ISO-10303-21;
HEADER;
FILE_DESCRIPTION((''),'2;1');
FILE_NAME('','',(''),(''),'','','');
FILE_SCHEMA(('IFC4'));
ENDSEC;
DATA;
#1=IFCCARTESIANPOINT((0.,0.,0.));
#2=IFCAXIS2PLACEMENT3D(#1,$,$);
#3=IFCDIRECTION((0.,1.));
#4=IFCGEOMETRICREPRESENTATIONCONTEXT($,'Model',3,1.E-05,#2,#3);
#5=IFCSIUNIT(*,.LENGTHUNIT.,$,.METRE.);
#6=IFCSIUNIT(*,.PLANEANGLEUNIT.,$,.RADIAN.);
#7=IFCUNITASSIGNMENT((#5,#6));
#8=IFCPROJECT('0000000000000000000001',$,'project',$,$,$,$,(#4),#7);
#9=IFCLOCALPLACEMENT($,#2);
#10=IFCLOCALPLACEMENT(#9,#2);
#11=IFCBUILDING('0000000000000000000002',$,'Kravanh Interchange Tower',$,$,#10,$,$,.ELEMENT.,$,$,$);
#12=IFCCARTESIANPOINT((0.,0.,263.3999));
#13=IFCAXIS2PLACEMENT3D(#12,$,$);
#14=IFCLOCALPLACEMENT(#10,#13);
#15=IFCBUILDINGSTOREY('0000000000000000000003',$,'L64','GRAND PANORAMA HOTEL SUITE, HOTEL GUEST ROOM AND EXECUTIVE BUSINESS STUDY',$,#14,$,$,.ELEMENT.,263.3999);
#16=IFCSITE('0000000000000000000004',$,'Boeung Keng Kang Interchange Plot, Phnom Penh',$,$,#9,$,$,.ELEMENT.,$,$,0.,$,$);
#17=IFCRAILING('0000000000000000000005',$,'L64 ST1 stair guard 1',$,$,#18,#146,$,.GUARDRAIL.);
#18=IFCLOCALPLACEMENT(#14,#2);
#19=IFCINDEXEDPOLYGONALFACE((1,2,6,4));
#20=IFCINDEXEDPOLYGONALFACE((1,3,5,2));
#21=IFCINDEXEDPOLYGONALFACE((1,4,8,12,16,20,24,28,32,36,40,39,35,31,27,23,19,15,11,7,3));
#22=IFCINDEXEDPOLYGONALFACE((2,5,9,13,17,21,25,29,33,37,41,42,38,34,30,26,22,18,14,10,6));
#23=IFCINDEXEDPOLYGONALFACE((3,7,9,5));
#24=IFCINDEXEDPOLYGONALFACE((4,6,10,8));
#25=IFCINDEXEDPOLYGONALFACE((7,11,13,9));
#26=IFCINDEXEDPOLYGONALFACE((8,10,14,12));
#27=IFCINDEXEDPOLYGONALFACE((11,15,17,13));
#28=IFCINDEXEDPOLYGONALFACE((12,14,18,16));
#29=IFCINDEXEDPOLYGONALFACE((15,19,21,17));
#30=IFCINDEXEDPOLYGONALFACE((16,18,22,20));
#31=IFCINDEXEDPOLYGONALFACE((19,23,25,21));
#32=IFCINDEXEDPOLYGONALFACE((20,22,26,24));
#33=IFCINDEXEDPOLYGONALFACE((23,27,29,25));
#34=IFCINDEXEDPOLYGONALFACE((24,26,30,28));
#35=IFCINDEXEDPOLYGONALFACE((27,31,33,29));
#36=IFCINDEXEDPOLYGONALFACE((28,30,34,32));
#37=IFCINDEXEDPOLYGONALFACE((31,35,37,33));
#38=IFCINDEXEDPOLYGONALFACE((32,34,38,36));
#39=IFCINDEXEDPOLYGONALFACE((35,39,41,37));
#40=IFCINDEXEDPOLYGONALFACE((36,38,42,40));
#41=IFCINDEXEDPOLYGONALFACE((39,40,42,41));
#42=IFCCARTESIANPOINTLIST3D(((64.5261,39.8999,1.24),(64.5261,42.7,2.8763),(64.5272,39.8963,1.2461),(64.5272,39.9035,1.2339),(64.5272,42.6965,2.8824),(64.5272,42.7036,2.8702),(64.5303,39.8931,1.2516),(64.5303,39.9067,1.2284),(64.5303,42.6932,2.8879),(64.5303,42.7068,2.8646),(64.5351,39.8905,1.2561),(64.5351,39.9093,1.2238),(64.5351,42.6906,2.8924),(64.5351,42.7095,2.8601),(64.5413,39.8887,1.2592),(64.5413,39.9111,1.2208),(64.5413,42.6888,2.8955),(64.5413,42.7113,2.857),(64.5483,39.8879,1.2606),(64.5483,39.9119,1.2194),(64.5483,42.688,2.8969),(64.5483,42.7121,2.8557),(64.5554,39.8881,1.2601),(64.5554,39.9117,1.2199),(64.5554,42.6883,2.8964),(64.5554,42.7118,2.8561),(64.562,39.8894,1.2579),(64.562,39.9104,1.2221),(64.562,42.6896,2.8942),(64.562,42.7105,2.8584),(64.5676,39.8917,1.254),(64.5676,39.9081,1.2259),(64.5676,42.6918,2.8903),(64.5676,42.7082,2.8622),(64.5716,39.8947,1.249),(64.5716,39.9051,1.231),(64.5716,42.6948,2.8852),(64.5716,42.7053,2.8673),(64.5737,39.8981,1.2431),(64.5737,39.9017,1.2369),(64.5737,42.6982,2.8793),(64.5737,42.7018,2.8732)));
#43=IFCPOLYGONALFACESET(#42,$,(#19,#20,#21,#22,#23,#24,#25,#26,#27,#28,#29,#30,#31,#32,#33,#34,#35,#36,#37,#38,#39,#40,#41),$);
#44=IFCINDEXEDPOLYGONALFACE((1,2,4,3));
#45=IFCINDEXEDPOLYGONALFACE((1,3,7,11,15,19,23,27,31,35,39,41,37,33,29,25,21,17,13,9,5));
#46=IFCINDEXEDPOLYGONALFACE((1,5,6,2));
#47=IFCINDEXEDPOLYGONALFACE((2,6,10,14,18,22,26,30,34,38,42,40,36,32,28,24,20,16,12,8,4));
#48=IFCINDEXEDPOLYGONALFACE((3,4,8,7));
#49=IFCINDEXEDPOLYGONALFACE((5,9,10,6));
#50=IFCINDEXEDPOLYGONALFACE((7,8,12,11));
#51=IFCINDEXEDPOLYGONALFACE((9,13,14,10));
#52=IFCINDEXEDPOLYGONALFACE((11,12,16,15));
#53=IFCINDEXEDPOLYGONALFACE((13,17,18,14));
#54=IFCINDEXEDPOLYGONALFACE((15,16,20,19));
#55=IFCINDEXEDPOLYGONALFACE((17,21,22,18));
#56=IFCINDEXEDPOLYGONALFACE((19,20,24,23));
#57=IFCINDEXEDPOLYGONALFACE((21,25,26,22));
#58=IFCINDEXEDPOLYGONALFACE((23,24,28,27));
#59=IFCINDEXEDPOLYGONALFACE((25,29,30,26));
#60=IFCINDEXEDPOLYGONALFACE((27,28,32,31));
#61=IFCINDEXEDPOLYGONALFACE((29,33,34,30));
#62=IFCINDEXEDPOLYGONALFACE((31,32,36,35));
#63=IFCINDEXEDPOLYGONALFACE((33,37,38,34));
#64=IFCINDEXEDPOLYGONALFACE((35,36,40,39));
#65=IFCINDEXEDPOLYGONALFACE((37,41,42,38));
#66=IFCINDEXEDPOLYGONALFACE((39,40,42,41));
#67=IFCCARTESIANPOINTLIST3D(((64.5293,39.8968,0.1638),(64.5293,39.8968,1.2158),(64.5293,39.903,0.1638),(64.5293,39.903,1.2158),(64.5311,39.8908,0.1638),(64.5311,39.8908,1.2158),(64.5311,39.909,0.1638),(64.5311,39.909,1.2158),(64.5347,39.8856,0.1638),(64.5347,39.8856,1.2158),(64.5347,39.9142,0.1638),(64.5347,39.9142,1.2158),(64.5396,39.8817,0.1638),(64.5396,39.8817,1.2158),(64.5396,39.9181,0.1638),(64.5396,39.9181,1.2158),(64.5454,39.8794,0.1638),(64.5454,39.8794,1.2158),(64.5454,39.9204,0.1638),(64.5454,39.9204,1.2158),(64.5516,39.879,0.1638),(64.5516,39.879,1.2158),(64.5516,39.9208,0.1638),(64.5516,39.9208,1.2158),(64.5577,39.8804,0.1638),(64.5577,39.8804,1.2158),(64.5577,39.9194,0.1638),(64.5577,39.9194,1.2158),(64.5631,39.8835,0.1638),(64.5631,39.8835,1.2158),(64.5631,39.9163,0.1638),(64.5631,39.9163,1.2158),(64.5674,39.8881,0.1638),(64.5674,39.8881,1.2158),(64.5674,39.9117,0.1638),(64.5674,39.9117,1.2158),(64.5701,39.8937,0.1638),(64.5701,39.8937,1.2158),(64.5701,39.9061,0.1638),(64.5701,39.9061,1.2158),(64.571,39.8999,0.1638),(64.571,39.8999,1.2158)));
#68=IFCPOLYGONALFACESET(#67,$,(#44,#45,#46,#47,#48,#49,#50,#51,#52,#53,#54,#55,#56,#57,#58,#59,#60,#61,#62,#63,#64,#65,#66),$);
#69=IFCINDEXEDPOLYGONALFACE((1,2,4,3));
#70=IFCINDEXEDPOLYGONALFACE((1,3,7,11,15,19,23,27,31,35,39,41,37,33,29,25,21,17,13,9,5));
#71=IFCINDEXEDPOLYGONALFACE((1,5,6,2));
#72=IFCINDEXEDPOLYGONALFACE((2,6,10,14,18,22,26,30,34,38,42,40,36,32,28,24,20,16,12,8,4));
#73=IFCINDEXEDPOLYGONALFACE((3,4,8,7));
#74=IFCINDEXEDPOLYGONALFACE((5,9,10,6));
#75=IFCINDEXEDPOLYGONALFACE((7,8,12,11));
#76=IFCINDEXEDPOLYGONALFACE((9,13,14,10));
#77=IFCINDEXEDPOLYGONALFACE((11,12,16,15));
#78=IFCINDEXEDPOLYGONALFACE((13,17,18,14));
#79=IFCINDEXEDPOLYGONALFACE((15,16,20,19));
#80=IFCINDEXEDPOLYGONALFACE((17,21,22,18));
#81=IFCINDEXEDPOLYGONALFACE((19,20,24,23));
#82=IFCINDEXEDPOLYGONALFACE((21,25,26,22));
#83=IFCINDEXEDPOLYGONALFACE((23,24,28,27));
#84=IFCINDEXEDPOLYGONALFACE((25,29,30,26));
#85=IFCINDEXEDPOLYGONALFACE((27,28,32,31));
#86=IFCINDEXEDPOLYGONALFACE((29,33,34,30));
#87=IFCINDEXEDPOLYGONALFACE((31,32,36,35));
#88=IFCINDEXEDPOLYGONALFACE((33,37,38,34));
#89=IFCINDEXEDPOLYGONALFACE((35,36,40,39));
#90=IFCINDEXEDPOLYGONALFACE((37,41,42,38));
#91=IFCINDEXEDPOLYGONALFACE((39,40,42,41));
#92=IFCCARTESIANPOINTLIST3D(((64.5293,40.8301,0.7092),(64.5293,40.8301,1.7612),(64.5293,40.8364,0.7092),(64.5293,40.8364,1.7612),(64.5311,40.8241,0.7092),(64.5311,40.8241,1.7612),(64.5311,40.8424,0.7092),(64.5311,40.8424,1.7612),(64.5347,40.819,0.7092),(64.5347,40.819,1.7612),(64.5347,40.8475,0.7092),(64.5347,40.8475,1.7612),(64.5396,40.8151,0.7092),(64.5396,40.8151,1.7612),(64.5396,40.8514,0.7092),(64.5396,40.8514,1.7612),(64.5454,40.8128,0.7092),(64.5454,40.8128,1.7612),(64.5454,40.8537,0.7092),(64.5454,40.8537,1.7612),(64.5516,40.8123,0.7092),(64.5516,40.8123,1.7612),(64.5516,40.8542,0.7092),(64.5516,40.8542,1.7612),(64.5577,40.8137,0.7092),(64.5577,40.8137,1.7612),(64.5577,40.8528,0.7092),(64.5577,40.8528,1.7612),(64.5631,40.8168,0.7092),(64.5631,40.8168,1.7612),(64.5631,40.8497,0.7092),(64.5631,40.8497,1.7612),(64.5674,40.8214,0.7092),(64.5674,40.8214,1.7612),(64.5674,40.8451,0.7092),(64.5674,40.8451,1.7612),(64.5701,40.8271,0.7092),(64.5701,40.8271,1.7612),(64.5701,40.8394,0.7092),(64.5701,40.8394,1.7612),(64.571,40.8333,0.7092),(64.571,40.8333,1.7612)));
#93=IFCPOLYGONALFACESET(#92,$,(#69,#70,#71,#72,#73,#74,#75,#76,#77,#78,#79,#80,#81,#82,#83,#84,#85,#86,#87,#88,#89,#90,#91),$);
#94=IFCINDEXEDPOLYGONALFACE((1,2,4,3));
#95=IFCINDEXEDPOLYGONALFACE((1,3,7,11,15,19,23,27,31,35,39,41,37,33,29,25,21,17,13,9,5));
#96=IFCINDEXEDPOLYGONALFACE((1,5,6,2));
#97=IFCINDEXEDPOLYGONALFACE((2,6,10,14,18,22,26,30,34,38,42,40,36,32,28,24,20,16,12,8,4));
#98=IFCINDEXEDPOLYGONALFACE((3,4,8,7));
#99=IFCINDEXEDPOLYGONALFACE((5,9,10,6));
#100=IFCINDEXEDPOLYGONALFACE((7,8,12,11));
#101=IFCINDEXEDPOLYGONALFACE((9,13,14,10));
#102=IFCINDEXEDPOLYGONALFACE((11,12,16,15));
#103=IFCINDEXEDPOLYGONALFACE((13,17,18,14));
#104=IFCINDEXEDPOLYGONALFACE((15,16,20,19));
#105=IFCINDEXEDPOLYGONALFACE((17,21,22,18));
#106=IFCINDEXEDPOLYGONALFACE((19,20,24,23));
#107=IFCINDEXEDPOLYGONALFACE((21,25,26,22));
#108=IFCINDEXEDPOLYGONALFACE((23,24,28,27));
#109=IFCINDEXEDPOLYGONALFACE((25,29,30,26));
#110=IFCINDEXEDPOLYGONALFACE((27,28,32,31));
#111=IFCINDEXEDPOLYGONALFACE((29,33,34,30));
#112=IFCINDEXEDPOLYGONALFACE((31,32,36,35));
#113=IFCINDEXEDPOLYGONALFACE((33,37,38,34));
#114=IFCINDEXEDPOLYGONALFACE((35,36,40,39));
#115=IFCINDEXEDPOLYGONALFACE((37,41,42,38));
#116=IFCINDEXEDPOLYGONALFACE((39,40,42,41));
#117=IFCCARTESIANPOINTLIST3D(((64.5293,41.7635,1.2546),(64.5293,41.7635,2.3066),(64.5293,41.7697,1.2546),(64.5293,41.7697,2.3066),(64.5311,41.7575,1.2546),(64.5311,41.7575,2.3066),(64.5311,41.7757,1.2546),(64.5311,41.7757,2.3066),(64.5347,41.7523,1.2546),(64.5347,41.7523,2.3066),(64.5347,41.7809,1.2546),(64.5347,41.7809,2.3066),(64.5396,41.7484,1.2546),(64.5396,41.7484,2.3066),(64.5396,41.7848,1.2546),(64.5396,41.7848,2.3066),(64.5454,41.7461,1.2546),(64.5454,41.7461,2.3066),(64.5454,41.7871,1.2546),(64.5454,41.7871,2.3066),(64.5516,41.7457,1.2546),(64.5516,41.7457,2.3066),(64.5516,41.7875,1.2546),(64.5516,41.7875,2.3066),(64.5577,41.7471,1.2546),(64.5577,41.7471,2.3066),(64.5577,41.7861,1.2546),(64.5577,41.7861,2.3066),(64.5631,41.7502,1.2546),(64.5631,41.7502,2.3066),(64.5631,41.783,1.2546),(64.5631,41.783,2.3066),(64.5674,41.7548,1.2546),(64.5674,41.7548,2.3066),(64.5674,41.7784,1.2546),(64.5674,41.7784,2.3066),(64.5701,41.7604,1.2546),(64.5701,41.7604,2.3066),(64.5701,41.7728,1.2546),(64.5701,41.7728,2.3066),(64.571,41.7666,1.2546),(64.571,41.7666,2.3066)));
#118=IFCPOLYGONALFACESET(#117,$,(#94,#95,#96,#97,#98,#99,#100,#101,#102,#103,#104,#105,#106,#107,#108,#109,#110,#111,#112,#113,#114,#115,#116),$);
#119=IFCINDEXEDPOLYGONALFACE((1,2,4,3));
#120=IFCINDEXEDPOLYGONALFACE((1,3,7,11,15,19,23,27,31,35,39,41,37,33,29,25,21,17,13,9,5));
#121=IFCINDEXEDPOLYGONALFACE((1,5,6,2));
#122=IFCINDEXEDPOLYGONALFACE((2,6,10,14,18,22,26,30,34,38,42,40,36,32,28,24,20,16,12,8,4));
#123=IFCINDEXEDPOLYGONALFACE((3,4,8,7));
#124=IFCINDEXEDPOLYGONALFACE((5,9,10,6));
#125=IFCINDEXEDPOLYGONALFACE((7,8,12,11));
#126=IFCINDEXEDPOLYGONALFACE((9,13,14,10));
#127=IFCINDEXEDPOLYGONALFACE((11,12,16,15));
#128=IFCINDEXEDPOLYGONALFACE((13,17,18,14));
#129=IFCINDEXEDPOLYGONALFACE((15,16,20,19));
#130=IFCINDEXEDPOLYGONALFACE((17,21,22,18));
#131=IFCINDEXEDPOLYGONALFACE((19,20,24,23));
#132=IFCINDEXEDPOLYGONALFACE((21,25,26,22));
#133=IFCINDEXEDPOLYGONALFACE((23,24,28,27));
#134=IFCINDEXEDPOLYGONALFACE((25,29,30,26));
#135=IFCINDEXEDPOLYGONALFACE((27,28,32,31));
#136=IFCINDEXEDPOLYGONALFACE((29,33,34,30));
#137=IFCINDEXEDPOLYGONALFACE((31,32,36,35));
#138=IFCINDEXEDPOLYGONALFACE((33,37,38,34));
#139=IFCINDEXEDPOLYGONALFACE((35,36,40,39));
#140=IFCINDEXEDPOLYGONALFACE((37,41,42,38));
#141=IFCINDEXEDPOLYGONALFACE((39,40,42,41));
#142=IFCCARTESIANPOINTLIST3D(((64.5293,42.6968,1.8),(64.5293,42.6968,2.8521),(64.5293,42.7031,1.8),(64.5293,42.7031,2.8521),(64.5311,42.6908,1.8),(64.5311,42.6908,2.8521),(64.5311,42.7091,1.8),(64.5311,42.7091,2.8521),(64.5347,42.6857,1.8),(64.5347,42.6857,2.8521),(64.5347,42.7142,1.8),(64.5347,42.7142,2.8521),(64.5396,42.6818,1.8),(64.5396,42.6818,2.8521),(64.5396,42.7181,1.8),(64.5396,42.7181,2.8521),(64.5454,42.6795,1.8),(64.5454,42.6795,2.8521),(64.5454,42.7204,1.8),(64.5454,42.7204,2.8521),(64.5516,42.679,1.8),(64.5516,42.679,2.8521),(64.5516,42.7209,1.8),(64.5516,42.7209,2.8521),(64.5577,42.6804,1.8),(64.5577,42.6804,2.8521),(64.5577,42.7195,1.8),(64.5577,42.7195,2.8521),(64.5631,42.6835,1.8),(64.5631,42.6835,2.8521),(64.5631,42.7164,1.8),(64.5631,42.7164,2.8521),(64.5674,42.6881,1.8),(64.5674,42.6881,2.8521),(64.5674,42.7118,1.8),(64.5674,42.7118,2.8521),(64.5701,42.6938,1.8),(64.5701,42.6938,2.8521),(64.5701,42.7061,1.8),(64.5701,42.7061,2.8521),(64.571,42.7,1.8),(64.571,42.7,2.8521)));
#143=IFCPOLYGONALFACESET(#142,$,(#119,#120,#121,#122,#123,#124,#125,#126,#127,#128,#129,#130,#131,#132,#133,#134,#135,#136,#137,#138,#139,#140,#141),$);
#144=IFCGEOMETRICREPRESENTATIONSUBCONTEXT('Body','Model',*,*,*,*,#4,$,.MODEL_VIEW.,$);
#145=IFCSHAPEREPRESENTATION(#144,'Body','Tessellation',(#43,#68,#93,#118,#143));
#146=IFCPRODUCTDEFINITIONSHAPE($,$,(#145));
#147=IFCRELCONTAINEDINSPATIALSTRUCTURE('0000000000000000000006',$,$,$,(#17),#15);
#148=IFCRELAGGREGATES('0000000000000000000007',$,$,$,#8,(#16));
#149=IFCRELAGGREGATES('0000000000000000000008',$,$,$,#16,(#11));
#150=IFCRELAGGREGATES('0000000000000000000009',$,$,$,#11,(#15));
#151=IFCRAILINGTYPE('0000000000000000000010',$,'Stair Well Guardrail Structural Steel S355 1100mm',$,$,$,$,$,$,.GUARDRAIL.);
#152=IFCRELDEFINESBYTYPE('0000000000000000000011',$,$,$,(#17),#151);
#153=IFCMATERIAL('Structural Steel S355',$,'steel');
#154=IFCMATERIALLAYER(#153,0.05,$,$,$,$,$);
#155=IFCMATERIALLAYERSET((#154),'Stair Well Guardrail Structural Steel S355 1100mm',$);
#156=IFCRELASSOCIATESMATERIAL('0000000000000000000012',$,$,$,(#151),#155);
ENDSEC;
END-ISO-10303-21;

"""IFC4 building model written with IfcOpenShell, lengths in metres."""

from ifc_helpers import new_model, si_unit, direction, frame, origin, origin_2d, place, context, subcontext, project, spatial, circle, extrude, material, layer, layer_set, type_object, element, save


model = new_model("IFC4")

# Units and contexts
model_context = context("Model", 3, precision=1e-05, world=origin(), true_north=direction((0.0, 1.0)))
body_context = subcontext(model_context, "Body", "Model", "MODEL_VIEW")
ifc_project = project(units=[si_unit("LENGTHUNIT", "METRE"), si_unit("PLANEANGLEUNIT", "RADIAN")], contexts=[model_context])

# Site, building, storey
site_placement = place(None, origin())
site = spatial("IfcSite", under=ifc_project, at=site_placement, Name="Boeung Keng Kang Interchange Plot, Phnom Penh", CompositionType="ELEMENT", RefElevation=0.0)
building_placement = place(site_placement, origin())
building = spatial("IfcBuilding", under=site, at=building_placement, Name="Kravanh Interchange Tower", CompositionType="ELEMENT")
storey_placement = place(building_placement, frame((0.0, 0.0, 263.3999)))
storey = spatial("IfcBuildingStorey", under=building, at=storey_placement, Name="L64", Description="GRAND PANORAMA HOTEL SUITE, HOTEL GUEST ROOM AND EXECUTIVE BUSINESS STUDY", CompositionType="ELEMENT", Elevation=263.3999)

# Railing
ifc_material_1 = material(Name="Structural Steel S355", Category="steel")
ifc_layer_1 = layer(ifc_material_1, 0.05)
ifc_layer_set_1 = layer_set([ifc_layer_1], Name="Stair Well Guardrail Structural Steel S355 1100mm")
railing_type_1 = type_object("IfcRailingType", Name="Stair Well Guardrail Structural Steel S355 1100mm", PredefinedType="GUARDRAIL", material=ifc_layer_set_1)
railing_1_placement = place(storey_placement, frame((64.55, 39.8999, 0.1638)))
element("IfcRailing", 1, at=railing_1_placement, inside=storey, type_object=railing_type_1, Name="L64 ST1 stair guard 1", PredefinedType="GUARDRAIL", context=body_context, shape_type="SweptSolid", body=[
    extrude(circle(Radius=0.0239, at=origin_2d()), frame((0.0, 0.0, 1.0762), z_axis=(0.0, 0.863394, 0.504531), x_axis=(-1.0, 0.0, 0.0)), (0.0, 0.0, 1.0), 3.2432),
    extrude(circle(Radius=0.021, at=origin_2d()), origin(), (0.0, 0.0, 1.0), 1.052),
    extrude(circle(Radius=0.021, at=origin_2d()), frame((0.0, 0.9333, 0.5454)), (0.0, 0.0, 1.0), 1.052),
    extrude(circle(Radius=0.021, at=origin_2d()), frame((0.0, 1.8667, 1.0908)), (0.0, 0.0, 1.0), 1.052),
    extrude(circle(Radius=0.021, at=origin_2d()), frame((0.0, 2.8, 1.6362)), (0.0, 0.0, 1.0), 1.052),
])

save(model, "model.ifc")
